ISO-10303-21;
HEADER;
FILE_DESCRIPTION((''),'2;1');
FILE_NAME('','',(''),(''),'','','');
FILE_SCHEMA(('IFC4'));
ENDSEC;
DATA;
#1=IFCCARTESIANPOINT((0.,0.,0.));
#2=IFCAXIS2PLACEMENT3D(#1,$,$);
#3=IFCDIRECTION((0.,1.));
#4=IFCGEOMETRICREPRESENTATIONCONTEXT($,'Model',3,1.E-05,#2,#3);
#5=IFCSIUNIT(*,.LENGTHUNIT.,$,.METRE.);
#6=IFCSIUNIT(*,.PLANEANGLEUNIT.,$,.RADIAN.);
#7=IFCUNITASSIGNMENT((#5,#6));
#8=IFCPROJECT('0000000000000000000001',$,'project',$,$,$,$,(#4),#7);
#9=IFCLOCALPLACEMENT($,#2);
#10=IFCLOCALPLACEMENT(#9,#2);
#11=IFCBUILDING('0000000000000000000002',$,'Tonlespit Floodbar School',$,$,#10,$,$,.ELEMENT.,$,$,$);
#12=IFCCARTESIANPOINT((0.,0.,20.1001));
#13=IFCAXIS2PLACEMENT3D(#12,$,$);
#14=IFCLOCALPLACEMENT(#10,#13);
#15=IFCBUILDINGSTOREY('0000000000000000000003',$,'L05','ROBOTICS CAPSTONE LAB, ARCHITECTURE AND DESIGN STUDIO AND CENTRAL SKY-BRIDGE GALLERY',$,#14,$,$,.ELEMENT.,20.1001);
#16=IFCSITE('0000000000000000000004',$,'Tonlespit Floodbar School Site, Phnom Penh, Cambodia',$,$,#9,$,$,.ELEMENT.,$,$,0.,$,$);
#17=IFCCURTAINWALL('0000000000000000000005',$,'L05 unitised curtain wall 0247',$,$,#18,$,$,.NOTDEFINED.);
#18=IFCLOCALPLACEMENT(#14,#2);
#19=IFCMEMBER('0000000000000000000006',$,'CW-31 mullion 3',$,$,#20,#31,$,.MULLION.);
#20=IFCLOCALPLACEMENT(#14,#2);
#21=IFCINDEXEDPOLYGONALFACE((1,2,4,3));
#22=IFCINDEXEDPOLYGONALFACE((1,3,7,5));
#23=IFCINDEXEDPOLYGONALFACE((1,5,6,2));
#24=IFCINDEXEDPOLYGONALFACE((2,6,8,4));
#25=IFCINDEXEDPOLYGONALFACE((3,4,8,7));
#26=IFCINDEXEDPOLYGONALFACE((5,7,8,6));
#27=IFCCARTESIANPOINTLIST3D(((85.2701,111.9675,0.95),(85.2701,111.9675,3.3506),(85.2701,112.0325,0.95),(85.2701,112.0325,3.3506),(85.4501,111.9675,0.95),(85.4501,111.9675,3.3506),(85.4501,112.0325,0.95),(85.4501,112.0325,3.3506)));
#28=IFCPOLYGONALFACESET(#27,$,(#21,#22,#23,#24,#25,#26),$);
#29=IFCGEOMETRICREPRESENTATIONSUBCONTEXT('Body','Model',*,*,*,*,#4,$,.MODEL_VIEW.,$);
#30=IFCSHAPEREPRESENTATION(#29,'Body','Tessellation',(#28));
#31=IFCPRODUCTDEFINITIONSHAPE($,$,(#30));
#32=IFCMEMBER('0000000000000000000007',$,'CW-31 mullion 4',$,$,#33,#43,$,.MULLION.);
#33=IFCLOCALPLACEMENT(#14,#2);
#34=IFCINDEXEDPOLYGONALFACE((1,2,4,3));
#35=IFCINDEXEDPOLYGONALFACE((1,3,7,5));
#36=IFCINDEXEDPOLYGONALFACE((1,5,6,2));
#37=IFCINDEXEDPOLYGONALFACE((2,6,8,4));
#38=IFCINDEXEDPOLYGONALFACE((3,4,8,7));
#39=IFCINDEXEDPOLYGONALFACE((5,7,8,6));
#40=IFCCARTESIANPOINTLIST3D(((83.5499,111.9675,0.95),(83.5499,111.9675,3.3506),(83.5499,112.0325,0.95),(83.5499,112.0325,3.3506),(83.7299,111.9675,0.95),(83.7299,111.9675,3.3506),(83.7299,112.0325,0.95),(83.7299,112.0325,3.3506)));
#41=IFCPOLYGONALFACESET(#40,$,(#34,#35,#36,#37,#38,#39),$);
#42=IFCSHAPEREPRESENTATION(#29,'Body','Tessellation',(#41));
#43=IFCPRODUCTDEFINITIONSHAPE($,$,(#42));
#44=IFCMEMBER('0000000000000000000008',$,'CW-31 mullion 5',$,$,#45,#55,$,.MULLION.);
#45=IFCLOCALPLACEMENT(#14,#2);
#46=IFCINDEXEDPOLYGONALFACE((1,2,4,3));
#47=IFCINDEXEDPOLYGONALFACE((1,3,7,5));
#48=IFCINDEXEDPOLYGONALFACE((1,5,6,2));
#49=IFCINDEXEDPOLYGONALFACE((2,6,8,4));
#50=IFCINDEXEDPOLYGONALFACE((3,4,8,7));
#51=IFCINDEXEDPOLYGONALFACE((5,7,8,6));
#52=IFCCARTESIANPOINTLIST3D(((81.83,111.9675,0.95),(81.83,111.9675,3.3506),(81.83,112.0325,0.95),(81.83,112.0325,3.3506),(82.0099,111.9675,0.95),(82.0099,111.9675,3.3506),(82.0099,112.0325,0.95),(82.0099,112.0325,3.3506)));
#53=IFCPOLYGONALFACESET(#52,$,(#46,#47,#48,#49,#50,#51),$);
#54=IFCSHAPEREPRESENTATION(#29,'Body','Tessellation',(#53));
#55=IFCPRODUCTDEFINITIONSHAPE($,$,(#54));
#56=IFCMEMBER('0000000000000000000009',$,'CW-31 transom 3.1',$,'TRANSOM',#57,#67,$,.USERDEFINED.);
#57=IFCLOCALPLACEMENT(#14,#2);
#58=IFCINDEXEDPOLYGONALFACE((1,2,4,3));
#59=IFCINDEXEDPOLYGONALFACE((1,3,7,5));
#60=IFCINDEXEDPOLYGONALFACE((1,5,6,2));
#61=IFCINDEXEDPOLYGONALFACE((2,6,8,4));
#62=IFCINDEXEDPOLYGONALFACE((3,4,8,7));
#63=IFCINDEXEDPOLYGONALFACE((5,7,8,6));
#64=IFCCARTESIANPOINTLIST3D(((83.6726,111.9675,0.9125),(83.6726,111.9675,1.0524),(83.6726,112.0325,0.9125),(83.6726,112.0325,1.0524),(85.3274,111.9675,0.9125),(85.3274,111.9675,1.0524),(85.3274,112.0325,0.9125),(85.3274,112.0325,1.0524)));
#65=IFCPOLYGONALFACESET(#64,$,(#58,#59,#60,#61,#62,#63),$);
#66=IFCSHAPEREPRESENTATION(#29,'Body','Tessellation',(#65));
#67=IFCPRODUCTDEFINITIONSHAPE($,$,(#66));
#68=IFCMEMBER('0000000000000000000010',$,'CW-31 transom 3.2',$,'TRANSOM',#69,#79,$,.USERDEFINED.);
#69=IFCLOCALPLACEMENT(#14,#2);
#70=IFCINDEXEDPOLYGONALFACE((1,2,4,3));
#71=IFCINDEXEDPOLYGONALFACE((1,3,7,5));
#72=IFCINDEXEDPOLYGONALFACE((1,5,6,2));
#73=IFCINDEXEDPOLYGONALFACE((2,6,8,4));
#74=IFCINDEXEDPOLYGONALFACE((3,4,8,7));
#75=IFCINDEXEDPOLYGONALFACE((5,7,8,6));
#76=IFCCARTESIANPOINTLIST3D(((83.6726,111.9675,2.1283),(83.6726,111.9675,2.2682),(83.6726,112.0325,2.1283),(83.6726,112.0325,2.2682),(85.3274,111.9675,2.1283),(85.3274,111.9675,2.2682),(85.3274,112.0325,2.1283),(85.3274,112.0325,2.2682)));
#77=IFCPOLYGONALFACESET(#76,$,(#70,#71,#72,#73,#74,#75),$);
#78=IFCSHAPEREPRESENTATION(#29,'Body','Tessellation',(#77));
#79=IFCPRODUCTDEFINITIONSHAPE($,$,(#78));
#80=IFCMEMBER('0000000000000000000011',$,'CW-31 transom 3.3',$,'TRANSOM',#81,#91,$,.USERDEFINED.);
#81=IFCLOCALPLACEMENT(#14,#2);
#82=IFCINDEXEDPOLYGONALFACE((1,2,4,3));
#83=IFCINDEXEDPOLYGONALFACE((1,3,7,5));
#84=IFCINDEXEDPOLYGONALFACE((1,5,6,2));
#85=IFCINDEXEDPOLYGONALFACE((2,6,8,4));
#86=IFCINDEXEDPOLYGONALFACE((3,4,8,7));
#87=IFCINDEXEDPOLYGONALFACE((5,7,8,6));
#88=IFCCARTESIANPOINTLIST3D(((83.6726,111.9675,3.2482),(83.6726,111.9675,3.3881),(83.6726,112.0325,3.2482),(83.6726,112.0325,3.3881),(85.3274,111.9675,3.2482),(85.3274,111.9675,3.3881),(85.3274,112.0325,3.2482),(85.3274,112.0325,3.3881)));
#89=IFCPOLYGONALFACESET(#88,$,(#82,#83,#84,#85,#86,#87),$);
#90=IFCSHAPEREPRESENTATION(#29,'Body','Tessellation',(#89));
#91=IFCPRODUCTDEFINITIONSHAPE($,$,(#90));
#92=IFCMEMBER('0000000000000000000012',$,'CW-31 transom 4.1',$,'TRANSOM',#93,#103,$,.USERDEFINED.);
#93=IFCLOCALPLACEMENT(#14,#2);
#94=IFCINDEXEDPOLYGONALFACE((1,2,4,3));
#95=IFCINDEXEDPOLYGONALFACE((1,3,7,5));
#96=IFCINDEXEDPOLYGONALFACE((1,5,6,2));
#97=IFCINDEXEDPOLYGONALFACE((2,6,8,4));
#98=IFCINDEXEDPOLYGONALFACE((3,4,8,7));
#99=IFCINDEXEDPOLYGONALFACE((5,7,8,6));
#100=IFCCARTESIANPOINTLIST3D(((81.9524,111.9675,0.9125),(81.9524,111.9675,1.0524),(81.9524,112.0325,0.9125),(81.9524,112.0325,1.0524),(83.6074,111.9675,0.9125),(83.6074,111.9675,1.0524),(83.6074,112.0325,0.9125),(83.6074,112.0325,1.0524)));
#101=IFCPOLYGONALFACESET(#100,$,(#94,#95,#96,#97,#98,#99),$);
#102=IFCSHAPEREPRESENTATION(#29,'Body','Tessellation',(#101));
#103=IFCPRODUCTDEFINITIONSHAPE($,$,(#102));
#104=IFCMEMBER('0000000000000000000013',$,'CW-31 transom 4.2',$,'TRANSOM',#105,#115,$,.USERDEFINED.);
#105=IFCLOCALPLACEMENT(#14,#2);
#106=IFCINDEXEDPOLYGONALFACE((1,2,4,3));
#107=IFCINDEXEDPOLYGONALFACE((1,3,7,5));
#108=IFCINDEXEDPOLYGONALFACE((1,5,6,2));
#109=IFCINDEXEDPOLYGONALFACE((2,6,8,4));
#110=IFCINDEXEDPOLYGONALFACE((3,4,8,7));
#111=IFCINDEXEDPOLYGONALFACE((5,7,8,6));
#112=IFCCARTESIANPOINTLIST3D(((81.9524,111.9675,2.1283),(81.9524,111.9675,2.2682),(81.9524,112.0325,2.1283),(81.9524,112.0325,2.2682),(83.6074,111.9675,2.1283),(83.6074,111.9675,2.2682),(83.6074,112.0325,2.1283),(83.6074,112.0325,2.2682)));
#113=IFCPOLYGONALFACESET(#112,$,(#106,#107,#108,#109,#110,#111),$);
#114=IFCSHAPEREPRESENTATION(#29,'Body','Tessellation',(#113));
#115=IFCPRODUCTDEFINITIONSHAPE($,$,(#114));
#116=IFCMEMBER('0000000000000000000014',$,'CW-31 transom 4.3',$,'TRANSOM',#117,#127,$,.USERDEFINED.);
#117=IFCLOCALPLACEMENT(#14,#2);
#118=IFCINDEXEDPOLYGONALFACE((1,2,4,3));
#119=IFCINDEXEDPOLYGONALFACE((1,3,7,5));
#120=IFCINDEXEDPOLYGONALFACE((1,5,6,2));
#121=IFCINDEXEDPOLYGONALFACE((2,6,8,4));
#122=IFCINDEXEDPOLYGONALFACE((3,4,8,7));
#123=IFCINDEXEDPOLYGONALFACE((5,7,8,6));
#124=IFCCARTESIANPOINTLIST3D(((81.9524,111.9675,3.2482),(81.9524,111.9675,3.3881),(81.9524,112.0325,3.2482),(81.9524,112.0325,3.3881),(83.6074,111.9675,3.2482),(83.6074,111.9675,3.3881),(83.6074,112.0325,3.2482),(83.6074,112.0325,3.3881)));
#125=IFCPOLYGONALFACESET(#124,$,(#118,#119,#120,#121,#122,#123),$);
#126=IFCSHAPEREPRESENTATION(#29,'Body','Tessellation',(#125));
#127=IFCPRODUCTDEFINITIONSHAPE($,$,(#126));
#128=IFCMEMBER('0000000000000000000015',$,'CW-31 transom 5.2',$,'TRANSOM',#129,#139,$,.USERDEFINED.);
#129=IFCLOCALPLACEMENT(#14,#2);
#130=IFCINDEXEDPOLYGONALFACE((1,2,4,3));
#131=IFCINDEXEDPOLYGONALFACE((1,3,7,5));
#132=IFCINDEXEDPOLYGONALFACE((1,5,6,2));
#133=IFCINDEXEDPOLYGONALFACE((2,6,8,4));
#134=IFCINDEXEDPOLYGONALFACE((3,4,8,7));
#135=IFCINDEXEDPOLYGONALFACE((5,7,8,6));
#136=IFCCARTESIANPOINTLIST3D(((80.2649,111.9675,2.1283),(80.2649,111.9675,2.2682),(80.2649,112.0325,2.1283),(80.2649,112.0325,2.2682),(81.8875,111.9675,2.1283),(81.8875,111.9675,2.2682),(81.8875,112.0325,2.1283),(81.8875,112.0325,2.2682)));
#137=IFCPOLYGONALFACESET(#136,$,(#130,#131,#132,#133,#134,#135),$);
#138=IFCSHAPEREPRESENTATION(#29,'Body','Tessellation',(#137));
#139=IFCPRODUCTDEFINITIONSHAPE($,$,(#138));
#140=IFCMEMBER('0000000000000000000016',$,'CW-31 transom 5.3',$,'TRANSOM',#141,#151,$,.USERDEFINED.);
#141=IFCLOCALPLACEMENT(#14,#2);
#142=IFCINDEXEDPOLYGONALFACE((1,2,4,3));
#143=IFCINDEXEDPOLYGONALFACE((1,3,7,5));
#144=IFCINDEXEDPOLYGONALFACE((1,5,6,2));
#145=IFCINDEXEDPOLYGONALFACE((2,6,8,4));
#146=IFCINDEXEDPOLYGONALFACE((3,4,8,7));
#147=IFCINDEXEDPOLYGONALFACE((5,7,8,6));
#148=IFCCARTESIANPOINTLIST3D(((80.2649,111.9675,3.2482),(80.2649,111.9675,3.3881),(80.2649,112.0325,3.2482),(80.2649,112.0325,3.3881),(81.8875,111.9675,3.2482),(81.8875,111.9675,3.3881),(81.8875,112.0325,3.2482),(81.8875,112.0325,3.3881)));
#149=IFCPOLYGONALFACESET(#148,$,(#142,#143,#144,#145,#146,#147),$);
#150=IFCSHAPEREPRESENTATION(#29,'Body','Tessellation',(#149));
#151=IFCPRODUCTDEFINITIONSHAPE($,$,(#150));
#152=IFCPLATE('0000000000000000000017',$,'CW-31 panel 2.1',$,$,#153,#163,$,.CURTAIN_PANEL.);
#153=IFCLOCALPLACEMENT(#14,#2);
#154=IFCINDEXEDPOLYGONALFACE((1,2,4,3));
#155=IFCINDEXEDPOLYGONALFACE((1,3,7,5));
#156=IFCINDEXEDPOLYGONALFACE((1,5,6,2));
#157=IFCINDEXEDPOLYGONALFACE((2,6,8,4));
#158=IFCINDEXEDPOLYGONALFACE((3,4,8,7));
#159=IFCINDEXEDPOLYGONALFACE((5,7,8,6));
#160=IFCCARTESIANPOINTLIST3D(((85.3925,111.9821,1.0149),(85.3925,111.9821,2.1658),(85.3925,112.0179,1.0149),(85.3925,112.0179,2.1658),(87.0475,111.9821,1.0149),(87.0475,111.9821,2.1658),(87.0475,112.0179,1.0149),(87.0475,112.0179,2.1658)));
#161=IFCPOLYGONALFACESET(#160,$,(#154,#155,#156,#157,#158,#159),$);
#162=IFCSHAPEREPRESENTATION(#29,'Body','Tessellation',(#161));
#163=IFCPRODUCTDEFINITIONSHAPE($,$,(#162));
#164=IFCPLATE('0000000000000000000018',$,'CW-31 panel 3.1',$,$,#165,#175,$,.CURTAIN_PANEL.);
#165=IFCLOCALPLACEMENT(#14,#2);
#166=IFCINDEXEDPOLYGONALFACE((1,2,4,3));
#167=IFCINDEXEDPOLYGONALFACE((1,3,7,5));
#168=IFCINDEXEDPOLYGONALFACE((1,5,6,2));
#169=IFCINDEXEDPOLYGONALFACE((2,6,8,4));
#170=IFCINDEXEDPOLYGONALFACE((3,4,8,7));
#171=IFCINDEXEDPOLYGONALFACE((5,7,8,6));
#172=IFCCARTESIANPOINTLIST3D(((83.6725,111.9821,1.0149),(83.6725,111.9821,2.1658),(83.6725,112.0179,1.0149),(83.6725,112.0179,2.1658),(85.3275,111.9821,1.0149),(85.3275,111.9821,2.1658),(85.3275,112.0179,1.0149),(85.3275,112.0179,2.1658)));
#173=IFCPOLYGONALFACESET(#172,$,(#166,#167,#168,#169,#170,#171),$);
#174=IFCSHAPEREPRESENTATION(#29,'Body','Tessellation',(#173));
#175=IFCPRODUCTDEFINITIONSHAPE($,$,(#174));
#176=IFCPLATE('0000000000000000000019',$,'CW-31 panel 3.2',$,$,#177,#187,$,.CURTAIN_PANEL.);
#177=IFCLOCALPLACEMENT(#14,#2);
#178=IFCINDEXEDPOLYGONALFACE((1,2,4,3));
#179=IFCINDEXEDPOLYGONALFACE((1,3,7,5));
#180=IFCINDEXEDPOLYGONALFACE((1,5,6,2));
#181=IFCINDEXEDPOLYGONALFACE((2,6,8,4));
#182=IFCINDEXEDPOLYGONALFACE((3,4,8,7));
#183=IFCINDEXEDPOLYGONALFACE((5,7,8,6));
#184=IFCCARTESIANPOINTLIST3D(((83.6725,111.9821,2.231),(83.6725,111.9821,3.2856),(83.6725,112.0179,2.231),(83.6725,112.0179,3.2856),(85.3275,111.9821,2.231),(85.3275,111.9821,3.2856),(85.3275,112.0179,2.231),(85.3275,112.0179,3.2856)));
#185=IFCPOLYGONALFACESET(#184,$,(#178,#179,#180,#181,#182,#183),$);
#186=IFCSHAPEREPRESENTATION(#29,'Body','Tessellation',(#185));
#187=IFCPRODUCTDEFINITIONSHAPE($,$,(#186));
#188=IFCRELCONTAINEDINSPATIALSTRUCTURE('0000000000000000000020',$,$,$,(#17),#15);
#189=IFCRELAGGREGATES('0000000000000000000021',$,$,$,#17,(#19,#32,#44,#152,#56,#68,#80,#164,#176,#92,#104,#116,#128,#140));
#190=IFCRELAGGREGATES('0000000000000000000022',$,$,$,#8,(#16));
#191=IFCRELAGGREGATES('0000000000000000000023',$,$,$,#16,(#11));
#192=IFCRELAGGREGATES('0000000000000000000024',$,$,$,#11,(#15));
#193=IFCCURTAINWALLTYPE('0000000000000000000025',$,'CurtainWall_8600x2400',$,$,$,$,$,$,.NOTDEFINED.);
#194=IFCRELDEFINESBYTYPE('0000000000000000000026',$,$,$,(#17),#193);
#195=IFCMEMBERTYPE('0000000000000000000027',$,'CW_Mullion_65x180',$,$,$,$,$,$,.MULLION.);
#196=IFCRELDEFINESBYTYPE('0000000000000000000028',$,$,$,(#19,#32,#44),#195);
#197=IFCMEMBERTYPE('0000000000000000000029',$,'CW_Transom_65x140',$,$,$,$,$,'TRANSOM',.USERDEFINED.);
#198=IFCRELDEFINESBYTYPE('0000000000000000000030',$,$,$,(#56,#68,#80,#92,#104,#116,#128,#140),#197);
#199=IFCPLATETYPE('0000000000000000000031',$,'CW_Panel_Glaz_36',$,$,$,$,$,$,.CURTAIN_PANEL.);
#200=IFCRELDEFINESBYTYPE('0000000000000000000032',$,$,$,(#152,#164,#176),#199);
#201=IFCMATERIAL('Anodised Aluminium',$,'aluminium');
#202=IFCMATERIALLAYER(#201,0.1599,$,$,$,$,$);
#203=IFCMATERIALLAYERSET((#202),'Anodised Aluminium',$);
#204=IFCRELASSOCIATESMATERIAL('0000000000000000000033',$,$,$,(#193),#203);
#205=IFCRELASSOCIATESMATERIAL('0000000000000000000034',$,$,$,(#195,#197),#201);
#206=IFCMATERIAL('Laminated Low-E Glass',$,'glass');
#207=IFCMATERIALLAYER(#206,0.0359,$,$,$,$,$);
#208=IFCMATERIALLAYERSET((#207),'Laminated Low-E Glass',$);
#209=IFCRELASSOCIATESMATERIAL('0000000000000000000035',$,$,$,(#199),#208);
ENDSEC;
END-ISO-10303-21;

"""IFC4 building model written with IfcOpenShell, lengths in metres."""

from ifc_helpers import new_model, si_unit, direction, frame, origin, origin_2d, place, context, subcontext, project, spatial, rectangle, extrude, material, layer, layer_set, material_profile, profile_set, type_object, element, aggregate, save


model = new_model("IFC4")

# Units and contexts
model_context = context("Model", 3, precision=1e-05, world=origin(), true_north=direction((0.0, 1.0)))
body_context = subcontext(model_context, "Body", "Model", "MODEL_VIEW")
ifc_project = project(units=[si_unit("LENGTHUNIT", "METRE"), si_unit("PLANEANGLEUNIT", "RADIAN")], contexts=[model_context])

# Site, building, storey
site_placement = place(None, origin())
site = spatial("IfcSite", under=ifc_project, at=site_placement, Name="Tonlespit Floodbar School Site, Phnom Penh, Cambodia", CompositionType="ELEMENT", RefElevation=0.0)
building_placement = place(site_placement, origin())
building = spatial("IfcBuilding", under=site, at=building_placement, Name="Tonlespit Floodbar School", CompositionType="ELEMENT")
storey_placement = place(building_placement, frame((0.0, 0.0, 20.1001)))
storey = spatial("IfcBuildingStorey", under=building, at=storey_placement, Name="L05", Description="ROBOTICS CAPSTONE LAB, ARCHITECTURE AND DESIGN STUDIO AND CENTRAL SKY-BRIDGE GALLERY", CompositionType="ELEMENT", Elevation=20.1001)

# Curtain wall, members, plates
ifc_material_1 = material(Name="Anodised Aluminium", Category="aluminium")
ifc_layer_1 = layer(ifc_material_1, 0.1599)
ifc_layer_set_1 = layer_set([ifc_layer_1], Name="Anodised Aluminium")
curtain_wall_type = type_object("IfcCurtainWallType", Name="CurtainWall_8600x2400", PredefinedType="NOTDEFINED", material=ifc_layer_set_1)
curtain_wall_placement = place(storey_placement, origin())
curtain_wall = element("IfcCurtainWall", 1, at=curtain_wall_placement, inside=storey, type_object=curtain_wall_type, Name="L05 unitised curtain wall 0247", PredefinedType="NOTDEFINED")
ifc_material_profile_1 = material_profile(ifc_material_1, rectangle(XDim=0.0649, YDim=0.1799, at=origin_2d()), Name="ALU M65x180")
ifc_profile_set_1 = profile_set([ifc_material_profile_1], Name="Anodised Aluminium")
member_type_1 = type_object("IfcMemberType", Name="CW_Mullion_65x180", PredefinedType="MULLION", material=ifc_profile_set_1)
member_1_placement = place(storey_placement, frame((85.3601, 112.0, 0.95), z_axis=(0.0, 0.0, 1.0), x_axis=(0.0, -1.0, 0.0)))
member_1 = element("IfcMember", 2, at=member_1_placement, type_object=member_type_1, Name="CW-31 mullion 3", PredefinedType="MULLION", context=body_context, shape_type="SweptSolid", body=[
    extrude(rectangle(XDim=0.0649, YDim=0.1799, at=origin_2d()), origin(), (0.0, 0.0, 1.0), 2.4006),
])
member_2_placement = place(storey_placement, frame((83.6399, 112.0, 0.95), z_axis=(0.0, 0.0, 1.0), x_axis=(0.0, -1.0, 0.0)))
member_2 = element("IfcMember", 3, at=member_2_placement, type_object=member_type_1, Name="CW-31 mullion 4", PredefinedType="MULLION", context=body_context, shape_type="SweptSolid", body=[
    extrude(rectangle(XDim=0.0649, YDim=0.1799, at=origin_2d()), origin(), (0.0, 0.0, 1.0), 2.4006),
])
member_3_placement = place(storey_placement, frame((81.9199, 112.0, 0.95), z_axis=(0.0, 0.0, 1.0), x_axis=(0.0, -1.0, 0.0)))
member_3 = element("IfcMember", 4, at=member_3_placement, type_object=member_type_1, Name="CW-31 mullion 5", PredefinedType="MULLION", context=body_context, shape_type="SweptSolid", body=[
    extrude(rectangle(XDim=0.0649, YDim=0.1799, at=origin_2d()), origin(), (0.0, 0.0, 1.0), 2.4006),
])
ifc_material_profile_2 = material_profile(ifc_material_1, rectangle(XDim=0.0649, YDim=0.1399, at=origin_2d()), Name="ALU T65x140")
ifc_profile_set_2 = profile_set([ifc_material_profile_2], Name="Anodised Aluminium")
member_type_2 = type_object("IfcMemberType", Name="CW_Transom_65x140", ElementType="TRANSOM", PredefinedType="USERDEFINED", material=ifc_profile_set_2)
member_4_placement = place(storey_placement, frame((85.3274, 112.0, 0.9824), z_axis=(-1.0, 0.0, 0.0), x_axis=(0.0, -1.0, 0.0)))
member_4 = element("IfcMember", 5, at=member_4_placement, type_object=member_type_2, Name="CW-31 transom 3.1", ObjectType="TRANSOM", PredefinedType="USERDEFINED", context=body_context, shape_type="SweptSolid", body=[
    extrude(rectangle(XDim=0.0649, YDim=0.1399, at=origin_2d()), origin(), (0.0, 0.0, 1.0), 1.6548),
])
member_5_placement = place(storey_placement, frame((85.3274, 112.0, 2.1982), z_axis=(-1.0, 0.0, 0.0), x_axis=(0.0, -1.0, 0.0)))
member_5 = element("IfcMember", 6, at=member_5_placement, type_object=member_type_2, Name="CW-31 transom 3.2", ObjectType="TRANSOM", PredefinedType="USERDEFINED", context=body_context, shape_type="SweptSolid", body=[
    extrude(rectangle(XDim=0.0649, YDim=0.1399, at=origin_2d()), origin(), (0.0, 0.0, 1.0), 1.6548),
])
member_6_placement = place(storey_placement, frame((85.3274, 112.0, 3.3181), z_axis=(-1.0, 0.0, 0.0), x_axis=(0.0, -1.0, 0.0)))
member_6 = element("IfcMember", 7, at=member_6_placement, type_object=member_type_2, Name="CW-31 transom 3.3", ObjectType="TRANSOM", PredefinedType="USERDEFINED", context=body_context, shape_type="SweptSolid", body=[
    extrude(rectangle(XDim=0.0649, YDim=0.1399, at=origin_2d()), origin(), (0.0, 0.0, 1.0), 1.6548),
])
member_7_placement = place(storey_placement, frame((83.6074, 112.0, 0.9824), z_axis=(-1.0, 0.0, 0.0), x_axis=(0.0, -1.0, 0.0)))
member_7 = element("IfcMember", 8, at=member_7_placement, type_object=member_type_2, Name="CW-31 transom 4.1", ObjectType="TRANSOM", PredefinedType="USERDEFINED", context=body_context, shape_type="SweptSolid", body=[
    extrude(rectangle(XDim=0.0649, YDim=0.1399, at=origin_2d()), origin(), (0.0, 0.0, 1.0), 1.655),
])
member_8_placement = place(storey_placement, frame((83.6074, 112.0, 2.1982), z_axis=(-1.0, 0.0, 0.0), x_axis=(0.0, -1.0, 0.0)))
member_8 = element("IfcMember", 9, at=member_8_placement, type_object=member_type_2, Name="CW-31 transom 4.2", ObjectType="TRANSOM", PredefinedType="USERDEFINED", context=body_context, shape_type="SweptSolid", body=[
    extrude(rectangle(XDim=0.0649, YDim=0.1399, at=origin_2d()), origin(), (0.0, 0.0, 1.0), 1.655),
])
member_9_placement = place(storey_placement, frame((83.6074, 112.0, 3.3181), z_axis=(-1.0, 0.0, 0.0), x_axis=(0.0, -1.0, 0.0)))
member_9 = element("IfcMember", 10, at=member_9_placement, type_object=member_type_2, Name="CW-31 transom 4.3", ObjectType="TRANSOM", PredefinedType="USERDEFINED", context=body_context, shape_type="SweptSolid", body=[
    extrude(rectangle(XDim=0.0649, YDim=0.1399, at=origin_2d()), origin(), (0.0, 0.0, 1.0), 1.655),
])
member_10_placement = place(storey_placement, frame((81.8875, 112.0, 2.1982), z_axis=(-1.0, 0.0, 0.0), x_axis=(0.0, -1.0, 0.0)))
member_10 = element("IfcMember", 11, at=member_10_placement, type_object=member_type_2, Name="CW-31 transom 5.2", ObjectType="TRANSOM", PredefinedType="USERDEFINED", context=body_context, shape_type="SweptSolid", body=[
    extrude(rectangle(XDim=0.0649, YDim=0.1399, at=origin_2d()), origin(), (0.0, 0.0, 1.0), 1.6226),
])
member_11_placement = place(storey_placement, frame((81.8875, 112.0, 3.3181), z_axis=(-1.0, 0.0, 0.0), x_axis=(0.0, -1.0, 0.0)))
member_11 = element("IfcMember", 12, at=member_11_placement, type_object=member_type_2, Name="CW-31 transom 5.3", ObjectType="TRANSOM", PredefinedType="USERDEFINED", context=body_context, shape_type="SweptSolid", body=[
    extrude(rectangle(XDim=0.0649, YDim=0.1399, at=origin_2d()), origin(), (0.0, 0.0, 1.0), 1.6226),
])
ifc_material_2 = material(Name="Laminated Low-E Glass", Category="glass")
ifc_layer_2 = layer(ifc_material_2, 0.0359)
ifc_layer_set_2 = layer_set([ifc_layer_2], Name="Laminated Low-E Glass")
plate_type_1 = type_object("IfcPlateType", Name="CW_Panel_Glaz_36", PredefinedType="CURTAIN_PANEL", material=ifc_layer_set_2)
plate_1_placement = place(storey_placement, frame((86.22, 112.0, 1.0149), z_axis=(0.0, 0.0, 1.0), x_axis=(-1.0, 0.0, 0.0)))
plate_1 = element("IfcPlate", 13, at=plate_1_placement, type_object=plate_type_1, Name="CW-31 panel 2.1", PredefinedType="CURTAIN_PANEL", context=body_context, shape_type="SweptSolid", body=[
    extrude(rectangle(XDim=1.655, YDim=0.0359, at=origin_2d()), origin(), (0.0, 0.0, 1.0), 1.1509),
])
plate_2_placement = place(storey_placement, frame((84.5, 112.0, 1.0149), z_axis=(0.0, 0.0, 1.0), x_axis=(-1.0, 0.0, 0.0)))
plate_2 = element("IfcPlate", 14, at=plate_2_placement, type_object=plate_type_1, Name="CW-31 panel 3.1", PredefinedType="CURTAIN_PANEL", context=body_context, shape_type="SweptSolid", body=[
    extrude(rectangle(XDim=1.655, YDim=0.0359, at=origin_2d()), origin(), (0.0, 0.0, 1.0), 1.1509),
])
plate_3_placement = place(storey_placement, frame((84.5, 112.0, 2.231), z_axis=(0.0, 0.0, 1.0), x_axis=(-1.0, 0.0, 0.0)))
plate_3 = element("IfcPlate", 15, at=plate_3_placement, type_object=plate_type_1, Name="CW-31 panel 3.2", PredefinedType="CURTAIN_PANEL", context=body_context, shape_type="SweptSolid", body=[
    extrude(rectangle(XDim=1.655, YDim=0.0359, at=origin_2d()), origin(), (0.0, 0.0, 1.0), 1.0547),
])
aggregate(curtain_wall, [member_1, member_2, member_3, plate_1, member_4, member_5, member_6, plate_2, plate_3, member_7, member_8, member_9, member_10, member_11])

save(model, "model.ifc")
